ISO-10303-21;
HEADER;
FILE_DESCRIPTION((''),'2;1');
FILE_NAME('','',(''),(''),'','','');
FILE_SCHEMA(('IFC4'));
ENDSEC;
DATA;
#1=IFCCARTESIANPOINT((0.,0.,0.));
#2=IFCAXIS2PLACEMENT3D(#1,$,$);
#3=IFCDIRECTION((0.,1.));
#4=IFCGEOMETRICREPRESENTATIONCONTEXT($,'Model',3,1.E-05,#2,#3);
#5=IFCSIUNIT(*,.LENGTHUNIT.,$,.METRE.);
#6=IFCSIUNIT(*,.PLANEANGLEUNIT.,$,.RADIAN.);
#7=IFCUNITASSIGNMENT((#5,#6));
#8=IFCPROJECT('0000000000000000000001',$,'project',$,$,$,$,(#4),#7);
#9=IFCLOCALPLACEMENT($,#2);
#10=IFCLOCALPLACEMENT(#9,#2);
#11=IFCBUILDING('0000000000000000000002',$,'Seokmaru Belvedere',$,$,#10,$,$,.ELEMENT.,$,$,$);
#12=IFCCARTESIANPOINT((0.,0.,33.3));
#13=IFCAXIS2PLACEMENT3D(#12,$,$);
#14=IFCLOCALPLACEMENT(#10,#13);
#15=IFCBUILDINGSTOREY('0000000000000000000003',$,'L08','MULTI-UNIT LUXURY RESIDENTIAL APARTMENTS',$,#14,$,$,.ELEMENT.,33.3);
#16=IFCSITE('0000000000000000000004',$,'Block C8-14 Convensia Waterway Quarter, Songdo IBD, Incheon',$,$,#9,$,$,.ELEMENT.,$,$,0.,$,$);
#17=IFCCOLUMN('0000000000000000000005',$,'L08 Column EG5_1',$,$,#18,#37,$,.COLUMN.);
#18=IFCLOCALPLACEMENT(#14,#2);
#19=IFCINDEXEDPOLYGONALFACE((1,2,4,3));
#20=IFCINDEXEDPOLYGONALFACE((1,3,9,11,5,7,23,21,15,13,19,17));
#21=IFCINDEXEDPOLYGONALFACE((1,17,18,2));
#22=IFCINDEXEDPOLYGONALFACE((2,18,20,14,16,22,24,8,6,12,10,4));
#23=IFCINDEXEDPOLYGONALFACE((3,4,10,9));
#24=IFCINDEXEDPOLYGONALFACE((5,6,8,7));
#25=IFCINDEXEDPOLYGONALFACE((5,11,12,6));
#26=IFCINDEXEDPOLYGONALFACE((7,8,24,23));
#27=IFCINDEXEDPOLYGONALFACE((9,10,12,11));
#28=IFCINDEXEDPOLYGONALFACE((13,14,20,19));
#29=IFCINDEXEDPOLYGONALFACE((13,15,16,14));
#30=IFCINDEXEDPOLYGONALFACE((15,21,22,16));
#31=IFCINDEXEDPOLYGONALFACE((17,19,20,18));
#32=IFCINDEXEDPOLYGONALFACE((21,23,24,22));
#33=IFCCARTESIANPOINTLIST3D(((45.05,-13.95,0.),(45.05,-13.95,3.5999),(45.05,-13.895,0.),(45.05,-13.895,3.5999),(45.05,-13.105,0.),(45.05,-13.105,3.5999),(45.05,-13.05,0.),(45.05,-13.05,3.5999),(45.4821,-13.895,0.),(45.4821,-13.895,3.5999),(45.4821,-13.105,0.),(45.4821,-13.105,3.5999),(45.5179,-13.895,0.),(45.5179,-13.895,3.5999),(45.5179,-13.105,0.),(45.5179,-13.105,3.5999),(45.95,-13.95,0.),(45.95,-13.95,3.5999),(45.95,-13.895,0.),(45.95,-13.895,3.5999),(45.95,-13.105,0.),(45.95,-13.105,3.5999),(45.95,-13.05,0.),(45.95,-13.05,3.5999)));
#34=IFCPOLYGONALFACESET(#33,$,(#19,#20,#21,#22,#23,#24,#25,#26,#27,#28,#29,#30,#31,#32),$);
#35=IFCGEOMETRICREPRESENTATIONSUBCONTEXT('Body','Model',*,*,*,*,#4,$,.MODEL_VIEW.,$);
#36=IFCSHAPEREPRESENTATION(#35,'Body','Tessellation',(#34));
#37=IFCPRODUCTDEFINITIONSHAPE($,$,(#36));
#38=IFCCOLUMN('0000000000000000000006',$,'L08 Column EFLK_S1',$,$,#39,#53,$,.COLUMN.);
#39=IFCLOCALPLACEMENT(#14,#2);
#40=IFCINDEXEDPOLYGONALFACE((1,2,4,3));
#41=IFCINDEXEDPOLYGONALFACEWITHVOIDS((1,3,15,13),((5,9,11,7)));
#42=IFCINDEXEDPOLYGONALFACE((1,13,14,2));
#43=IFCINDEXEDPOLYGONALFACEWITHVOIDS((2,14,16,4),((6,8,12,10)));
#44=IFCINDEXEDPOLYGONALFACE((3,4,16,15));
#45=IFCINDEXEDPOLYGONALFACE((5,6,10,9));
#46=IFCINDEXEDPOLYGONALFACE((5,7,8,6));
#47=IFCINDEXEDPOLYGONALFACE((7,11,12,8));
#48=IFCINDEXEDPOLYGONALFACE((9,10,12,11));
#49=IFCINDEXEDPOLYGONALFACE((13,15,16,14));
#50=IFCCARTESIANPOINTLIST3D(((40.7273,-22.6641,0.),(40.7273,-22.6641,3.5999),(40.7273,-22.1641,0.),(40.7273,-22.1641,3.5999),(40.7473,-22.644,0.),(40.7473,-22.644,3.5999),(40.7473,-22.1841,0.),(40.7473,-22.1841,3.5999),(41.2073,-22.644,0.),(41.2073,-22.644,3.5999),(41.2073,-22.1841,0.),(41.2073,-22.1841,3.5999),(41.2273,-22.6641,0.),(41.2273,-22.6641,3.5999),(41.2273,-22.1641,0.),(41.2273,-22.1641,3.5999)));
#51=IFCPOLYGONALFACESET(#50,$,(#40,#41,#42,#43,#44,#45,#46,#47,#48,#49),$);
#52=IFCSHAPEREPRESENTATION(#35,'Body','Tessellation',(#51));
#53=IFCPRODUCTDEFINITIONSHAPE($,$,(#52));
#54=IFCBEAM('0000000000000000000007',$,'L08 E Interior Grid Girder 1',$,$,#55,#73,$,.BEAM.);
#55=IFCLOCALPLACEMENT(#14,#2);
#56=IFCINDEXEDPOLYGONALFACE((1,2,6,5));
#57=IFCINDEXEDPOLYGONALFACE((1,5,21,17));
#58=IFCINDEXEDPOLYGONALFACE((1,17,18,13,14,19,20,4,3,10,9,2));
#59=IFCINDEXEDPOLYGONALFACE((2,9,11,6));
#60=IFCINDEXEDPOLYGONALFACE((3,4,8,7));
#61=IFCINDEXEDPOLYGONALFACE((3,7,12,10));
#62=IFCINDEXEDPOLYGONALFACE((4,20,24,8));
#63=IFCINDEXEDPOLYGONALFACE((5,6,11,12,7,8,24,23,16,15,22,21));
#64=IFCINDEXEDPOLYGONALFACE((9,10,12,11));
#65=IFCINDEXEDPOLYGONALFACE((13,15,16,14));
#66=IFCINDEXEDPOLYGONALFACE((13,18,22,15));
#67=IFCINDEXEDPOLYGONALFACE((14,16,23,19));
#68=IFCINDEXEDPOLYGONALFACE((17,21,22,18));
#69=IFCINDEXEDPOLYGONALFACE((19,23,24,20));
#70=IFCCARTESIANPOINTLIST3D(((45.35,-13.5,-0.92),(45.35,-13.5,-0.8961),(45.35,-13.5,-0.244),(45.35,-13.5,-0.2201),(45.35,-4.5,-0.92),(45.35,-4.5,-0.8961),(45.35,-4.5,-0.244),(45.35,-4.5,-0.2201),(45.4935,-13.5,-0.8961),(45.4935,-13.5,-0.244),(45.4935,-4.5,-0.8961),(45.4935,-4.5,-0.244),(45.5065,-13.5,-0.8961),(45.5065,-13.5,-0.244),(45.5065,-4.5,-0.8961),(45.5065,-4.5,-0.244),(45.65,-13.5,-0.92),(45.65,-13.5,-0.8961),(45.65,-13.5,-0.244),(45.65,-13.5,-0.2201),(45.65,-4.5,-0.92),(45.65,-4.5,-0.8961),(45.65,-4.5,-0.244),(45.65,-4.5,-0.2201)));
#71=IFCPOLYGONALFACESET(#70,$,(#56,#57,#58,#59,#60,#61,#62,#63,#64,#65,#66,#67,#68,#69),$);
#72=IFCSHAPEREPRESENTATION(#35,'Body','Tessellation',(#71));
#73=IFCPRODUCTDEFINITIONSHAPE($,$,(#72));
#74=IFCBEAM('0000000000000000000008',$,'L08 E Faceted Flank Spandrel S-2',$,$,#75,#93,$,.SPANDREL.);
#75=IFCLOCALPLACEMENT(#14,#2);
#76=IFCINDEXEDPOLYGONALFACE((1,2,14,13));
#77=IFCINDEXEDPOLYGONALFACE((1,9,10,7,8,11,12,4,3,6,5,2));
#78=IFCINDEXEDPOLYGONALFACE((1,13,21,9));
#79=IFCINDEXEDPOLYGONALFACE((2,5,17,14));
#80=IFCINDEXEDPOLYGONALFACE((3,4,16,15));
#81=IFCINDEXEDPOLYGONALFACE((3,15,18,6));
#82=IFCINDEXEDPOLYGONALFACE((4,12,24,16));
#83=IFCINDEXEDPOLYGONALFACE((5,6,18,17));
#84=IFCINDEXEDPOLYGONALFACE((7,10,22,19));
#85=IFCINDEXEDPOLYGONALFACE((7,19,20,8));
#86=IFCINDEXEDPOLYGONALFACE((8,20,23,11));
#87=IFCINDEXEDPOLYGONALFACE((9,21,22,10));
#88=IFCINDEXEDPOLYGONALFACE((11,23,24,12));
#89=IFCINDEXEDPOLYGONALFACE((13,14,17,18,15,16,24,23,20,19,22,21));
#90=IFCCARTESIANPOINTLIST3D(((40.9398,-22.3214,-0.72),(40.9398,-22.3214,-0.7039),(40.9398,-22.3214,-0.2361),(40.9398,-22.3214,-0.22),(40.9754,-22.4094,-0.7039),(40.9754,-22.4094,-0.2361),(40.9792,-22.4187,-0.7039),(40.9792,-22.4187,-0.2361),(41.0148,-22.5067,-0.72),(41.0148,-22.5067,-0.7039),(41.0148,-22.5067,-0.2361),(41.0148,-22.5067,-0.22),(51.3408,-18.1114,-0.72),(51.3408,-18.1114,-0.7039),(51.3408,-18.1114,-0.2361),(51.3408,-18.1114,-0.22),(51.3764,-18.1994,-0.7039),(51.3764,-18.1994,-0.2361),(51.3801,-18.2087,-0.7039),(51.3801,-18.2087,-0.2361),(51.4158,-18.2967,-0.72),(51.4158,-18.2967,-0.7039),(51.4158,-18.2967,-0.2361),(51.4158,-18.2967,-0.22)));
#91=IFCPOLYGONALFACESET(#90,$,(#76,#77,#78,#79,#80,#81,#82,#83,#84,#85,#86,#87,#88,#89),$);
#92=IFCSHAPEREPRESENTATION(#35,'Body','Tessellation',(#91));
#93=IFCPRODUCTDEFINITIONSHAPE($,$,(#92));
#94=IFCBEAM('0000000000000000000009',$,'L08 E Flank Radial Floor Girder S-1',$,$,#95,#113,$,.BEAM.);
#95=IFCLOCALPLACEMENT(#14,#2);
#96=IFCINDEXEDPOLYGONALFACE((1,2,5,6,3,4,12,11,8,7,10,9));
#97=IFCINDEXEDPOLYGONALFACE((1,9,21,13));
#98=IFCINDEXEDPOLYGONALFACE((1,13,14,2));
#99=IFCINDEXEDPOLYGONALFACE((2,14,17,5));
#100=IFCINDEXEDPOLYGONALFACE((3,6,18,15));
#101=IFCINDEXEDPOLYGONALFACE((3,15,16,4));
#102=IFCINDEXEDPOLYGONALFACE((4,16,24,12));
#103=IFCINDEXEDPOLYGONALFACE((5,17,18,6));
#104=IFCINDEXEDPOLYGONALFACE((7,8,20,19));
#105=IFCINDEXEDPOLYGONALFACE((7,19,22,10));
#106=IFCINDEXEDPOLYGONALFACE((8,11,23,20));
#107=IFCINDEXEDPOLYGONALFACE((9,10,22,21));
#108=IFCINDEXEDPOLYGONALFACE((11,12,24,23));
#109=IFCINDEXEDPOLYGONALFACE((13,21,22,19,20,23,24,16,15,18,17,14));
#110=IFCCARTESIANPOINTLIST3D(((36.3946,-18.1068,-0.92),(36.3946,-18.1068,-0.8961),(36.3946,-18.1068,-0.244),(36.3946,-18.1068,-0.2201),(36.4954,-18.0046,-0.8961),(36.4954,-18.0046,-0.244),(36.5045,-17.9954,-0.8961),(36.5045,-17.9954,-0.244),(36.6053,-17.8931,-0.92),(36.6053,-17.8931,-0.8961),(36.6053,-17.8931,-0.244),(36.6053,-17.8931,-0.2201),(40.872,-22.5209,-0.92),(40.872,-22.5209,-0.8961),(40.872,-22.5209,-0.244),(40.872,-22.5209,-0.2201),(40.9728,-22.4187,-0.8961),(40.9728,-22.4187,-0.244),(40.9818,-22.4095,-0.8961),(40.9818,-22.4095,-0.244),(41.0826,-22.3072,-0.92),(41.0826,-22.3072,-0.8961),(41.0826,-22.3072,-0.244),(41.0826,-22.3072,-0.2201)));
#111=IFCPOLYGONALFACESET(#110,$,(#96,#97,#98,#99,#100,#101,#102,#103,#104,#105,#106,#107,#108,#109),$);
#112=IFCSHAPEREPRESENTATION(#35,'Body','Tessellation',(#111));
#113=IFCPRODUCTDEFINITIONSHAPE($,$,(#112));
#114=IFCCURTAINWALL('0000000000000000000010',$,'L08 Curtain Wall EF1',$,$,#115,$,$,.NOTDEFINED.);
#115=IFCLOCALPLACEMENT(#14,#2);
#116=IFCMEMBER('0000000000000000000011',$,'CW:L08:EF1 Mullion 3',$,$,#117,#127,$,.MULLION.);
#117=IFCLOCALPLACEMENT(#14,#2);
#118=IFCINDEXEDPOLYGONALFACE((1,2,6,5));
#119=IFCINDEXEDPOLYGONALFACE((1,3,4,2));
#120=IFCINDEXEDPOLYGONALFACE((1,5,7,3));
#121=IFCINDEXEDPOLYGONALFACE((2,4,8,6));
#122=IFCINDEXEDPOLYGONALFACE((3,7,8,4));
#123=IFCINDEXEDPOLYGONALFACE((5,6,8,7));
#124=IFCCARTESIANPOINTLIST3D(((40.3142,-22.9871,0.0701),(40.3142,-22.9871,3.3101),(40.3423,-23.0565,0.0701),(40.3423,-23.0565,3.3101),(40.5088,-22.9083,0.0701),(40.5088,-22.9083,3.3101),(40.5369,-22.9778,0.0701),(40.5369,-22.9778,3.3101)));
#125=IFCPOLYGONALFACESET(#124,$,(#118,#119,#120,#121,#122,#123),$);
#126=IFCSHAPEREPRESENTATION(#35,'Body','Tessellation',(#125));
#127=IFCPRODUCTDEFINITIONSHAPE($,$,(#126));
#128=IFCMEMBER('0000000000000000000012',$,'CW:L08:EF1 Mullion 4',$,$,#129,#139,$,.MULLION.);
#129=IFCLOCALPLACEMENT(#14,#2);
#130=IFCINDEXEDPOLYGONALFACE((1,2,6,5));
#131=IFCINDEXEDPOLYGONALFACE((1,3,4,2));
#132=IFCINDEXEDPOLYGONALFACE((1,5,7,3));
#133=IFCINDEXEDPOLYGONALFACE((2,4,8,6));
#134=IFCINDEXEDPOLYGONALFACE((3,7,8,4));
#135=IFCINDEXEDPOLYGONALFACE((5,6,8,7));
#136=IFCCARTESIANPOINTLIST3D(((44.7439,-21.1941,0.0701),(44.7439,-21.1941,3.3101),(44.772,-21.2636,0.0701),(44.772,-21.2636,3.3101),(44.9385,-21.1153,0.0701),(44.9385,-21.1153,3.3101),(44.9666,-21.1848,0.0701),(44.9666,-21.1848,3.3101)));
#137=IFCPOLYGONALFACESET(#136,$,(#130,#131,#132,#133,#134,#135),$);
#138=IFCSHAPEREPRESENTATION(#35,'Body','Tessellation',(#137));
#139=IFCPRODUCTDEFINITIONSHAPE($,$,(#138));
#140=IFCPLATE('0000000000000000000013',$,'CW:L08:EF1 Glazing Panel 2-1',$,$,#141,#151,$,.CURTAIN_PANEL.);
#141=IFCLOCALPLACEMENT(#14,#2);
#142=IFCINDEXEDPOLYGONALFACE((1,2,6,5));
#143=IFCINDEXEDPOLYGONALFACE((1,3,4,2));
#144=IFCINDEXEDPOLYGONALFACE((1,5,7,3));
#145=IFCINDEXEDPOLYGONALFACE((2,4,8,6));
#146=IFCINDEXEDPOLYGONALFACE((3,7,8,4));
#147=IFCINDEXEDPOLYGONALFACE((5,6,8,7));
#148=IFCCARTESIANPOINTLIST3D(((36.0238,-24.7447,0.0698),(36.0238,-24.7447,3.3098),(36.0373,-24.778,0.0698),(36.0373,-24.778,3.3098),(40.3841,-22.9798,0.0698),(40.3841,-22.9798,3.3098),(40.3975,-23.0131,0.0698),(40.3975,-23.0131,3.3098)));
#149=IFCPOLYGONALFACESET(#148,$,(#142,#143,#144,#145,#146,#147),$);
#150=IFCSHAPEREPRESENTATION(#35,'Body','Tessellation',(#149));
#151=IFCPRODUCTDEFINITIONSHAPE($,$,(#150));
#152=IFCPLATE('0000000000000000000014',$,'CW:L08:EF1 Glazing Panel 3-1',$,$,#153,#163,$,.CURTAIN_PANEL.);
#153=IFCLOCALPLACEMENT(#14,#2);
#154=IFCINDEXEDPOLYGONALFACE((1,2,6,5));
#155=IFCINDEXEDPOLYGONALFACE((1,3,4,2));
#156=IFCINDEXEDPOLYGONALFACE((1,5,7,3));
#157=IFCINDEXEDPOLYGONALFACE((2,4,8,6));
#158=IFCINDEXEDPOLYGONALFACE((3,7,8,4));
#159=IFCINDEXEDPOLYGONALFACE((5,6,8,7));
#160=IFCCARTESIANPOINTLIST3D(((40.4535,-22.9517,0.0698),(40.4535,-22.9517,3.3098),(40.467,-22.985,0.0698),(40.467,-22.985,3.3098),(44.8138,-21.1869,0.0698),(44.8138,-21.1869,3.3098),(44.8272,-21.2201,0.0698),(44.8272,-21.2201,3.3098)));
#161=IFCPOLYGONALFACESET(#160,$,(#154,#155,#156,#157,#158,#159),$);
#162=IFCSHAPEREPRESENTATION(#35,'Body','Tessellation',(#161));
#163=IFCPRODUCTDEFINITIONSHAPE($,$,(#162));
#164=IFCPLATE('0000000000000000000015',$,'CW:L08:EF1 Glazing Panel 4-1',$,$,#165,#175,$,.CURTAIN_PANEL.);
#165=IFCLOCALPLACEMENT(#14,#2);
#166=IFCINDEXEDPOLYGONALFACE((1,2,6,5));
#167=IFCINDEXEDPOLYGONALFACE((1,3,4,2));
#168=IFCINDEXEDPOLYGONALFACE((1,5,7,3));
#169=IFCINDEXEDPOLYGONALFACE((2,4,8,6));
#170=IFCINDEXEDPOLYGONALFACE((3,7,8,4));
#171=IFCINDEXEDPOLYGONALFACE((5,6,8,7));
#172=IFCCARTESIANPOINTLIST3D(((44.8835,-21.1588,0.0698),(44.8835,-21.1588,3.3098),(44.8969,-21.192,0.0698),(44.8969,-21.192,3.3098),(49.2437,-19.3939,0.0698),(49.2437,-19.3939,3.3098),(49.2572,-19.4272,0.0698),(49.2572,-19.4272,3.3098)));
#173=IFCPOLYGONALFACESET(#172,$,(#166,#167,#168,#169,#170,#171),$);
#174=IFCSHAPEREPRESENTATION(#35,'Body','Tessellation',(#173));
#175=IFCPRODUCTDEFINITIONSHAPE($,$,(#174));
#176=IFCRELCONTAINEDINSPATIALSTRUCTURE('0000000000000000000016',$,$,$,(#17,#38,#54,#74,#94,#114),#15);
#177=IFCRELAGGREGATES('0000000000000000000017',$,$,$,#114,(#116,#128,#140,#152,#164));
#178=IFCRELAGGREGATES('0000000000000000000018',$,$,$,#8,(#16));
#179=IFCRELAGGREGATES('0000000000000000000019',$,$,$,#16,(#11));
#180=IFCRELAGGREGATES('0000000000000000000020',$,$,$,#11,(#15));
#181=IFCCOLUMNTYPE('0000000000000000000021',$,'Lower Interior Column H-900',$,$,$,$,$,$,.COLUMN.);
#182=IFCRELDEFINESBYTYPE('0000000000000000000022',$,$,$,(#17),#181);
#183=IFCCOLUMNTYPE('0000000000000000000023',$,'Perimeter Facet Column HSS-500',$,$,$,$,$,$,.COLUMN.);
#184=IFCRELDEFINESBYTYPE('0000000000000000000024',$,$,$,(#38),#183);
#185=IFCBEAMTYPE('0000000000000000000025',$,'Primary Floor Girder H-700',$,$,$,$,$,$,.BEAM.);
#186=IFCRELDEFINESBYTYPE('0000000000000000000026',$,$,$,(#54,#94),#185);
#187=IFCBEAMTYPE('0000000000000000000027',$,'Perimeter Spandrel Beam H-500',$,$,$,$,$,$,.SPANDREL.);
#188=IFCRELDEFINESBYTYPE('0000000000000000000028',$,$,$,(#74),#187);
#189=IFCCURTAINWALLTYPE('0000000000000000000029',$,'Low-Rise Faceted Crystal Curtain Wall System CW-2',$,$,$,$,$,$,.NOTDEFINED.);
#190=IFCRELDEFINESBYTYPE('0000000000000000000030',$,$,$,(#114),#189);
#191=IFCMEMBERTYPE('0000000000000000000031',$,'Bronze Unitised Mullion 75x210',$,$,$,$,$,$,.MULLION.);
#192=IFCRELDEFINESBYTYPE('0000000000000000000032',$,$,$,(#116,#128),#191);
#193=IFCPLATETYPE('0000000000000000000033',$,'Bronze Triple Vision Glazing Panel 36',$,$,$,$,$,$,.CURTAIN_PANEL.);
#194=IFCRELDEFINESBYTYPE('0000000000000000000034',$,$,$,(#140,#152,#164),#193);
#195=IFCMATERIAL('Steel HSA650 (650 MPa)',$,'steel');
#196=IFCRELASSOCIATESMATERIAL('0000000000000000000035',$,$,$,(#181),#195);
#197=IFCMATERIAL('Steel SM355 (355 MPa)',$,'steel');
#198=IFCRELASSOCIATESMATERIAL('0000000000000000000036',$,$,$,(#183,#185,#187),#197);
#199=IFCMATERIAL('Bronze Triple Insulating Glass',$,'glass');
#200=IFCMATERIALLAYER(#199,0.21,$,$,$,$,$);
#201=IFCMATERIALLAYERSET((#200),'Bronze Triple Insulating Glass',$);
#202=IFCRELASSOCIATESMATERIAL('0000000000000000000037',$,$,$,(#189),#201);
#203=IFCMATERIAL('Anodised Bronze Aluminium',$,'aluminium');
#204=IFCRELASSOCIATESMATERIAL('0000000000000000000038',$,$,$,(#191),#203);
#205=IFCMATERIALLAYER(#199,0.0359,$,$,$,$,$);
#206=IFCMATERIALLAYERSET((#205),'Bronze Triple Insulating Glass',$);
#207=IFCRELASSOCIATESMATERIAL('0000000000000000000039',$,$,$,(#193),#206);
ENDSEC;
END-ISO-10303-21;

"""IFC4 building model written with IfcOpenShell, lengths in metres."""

from ifc_helpers import new_model, si_unit, direction, frame, origin, origin_2d, place, context, subcontext, project, spatial, rectangle, hollow_rectangle, i_section, extrude, source, transform, mapped, material, layer, layer_set, material_profile, profile_set, type_object, type_shapes, element, aggregate, save


model = new_model("IFC4")

# Units and contexts
model_context = context("Model", 3, precision=1e-05, world=origin(), true_north=direction((0.0, 1.0)))
body_context = subcontext(model_context, "Body", "Model", "MODEL_VIEW")
ifc_project = project(units=[si_unit("LENGTHUNIT", "METRE"), si_unit("PLANEANGLEUNIT", "RADIAN")], contexts=[model_context])

# Site, building, storey
site_placement = place(None, origin())
site = spatial("IfcSite", under=ifc_project, at=site_placement, Name="Block C8-14 Convensia Waterway Quarter, Songdo IBD, Incheon", CompositionType="ELEMENT", RefElevation=0.0)
building_placement = place(site_placement, origin())
building = spatial("IfcBuilding", under=site, at=building_placement, Name="Seokmaru Belvedere", CompositionType="ELEMENT")
storey_placement = place(building_placement, frame((0.0, 0.0, 33.3)))
storey = spatial("IfcBuildingStorey", under=building, at=storey_placement, Name="L08", Description="MULTI-UNIT LUXURY RESIDENTIAL APARTMENTS", CompositionType="ELEMENT", Elevation=33.3)

# Columns
ifc_material_1 = material(Name="Steel HSA650 (650 MPa)", Category="steel")
ifc_material_profile_1 = material_profile(ifc_material_1, i_section(OverallWidth=0.8999, OverallDepth=0.8999, WebThickness=0.0359, FlangeThickness=0.0549, at=origin_2d()), Name="H-900x900x36x55")
ifc_profile_set_1 = profile_set([ifc_material_profile_1], Name="Steel HSA650 (650 MPa)")
column_type_1 = type_object("IfcColumnType", Name="Lower Interior Column H-900", PredefinedType="COLUMN", material=ifc_profile_set_1)
shared_shape_1 = source(origin(), body_context, "Body", "SweptSolid", [
    extrude(i_section(OverallWidth=0.8999, OverallDepth=0.8999, WebThickness=0.0359, FlangeThickness=0.0549, at=origin_2d()), origin(), (0.0, 0.0, 1.0), 3.5999),
])
type_shapes(column_type_1, [shared_shape_1])
column_1_placement = place(storey_placement, frame((45.5, -13.5, 0.0), z_axis=(0.0, 0.0, 1.0), x_axis=(1.0, 0.0, 0.0)))
element("IfcColumn", 1, at=column_1_placement, inside=storey, type_object=column_type_1, Name="L08 Column EG5_1", PredefinedType="COLUMN", context=body_context, shape_type="MappedRepresentation", body=[
    mapped(shared_shape_1, transform((0.0, 0.0, 0.0), scale=1.0)),
])
ifc_material_2 = material(Name="Steel SM355 (355 MPa)", Category="steel")
ifc_material_profile_2 = material_profile(ifc_material_2, hollow_rectangle(XDim=0.5, YDim=0.5, WallThickness=0.02, at=origin_2d()), Name="HSS-500x500x20")
ifc_profile_set_2 = profile_set([ifc_material_profile_2], Name="Steel SM355 (355 MPa)")
column_type_2 = type_object("IfcColumnType", Name="Perimeter Facet Column HSS-500", PredefinedType="COLUMN", material=ifc_profile_set_2)
shared_shape_2 = source(origin(), body_context, "Body", "SweptSolid", [
    extrude(hollow_rectangle(XDim=0.5, YDim=0.5, WallThickness=0.02, at=origin_2d()), origin(), (0.0, 0.0, 1.0), 3.5999),
])
type_shapes(column_type_2, [shared_shape_2])
column_2_placement = place(storey_placement, frame((40.9773, -22.4141, 0.0), z_axis=(0.0, 0.0, 1.0), x_axis=(1.0, 0.0, 0.0)))
element("IfcColumn", 2, at=column_2_placement, inside=storey, type_object=column_type_2, Name="L08 Column EFLK_S1", PredefinedType="COLUMN", context=body_context, shape_type="MappedRepresentation", body=[
    mapped(shared_shape_2, transform((0.0, 0.0, 0.0), scale=1.0)),
])

# Beams
ifc_material_profile_3 = material_profile(ifc_material_2, i_section(OverallWidth=0.3, OverallDepth=0.7, WebThickness=0.0129, FlangeThickness=0.0239, at=origin_2d()), Name="H-700x300x13x24")
ifc_profile_set_3 = profile_set([ifc_material_profile_3], Name="Steel SM355 (355 MPa)")
beam_type_1 = type_object("IfcBeamType", Name="Primary Floor Girder H-700", PredefinedType="BEAM", material=ifc_profile_set_3)
shared_shape_3 = source(origin(), body_context, "Body", "SweptSolid", [
    extrude(i_section(OverallWidth=0.3, OverallDepth=0.7, WebThickness=0.0129, FlangeThickness=0.0239, at=origin_2d()), origin(), (0.0, 0.0, 1.0), 9.0),
])
beam_1_placement = place(storey_placement, frame((45.5, -13.5, -0.5701), z_axis=(0.0, 1.0, 0.0), x_axis=(-1.0, 0.0, 0.0)))
element("IfcBeam", 3, at=beam_1_placement, inside=storey, type_object=beam_type_1, Name="L08 E Interior Grid Girder 1", PredefinedType="BEAM", context=body_context, shape_type="MappedRepresentation", body=[
    mapped(shared_shape_3, transform((0.0, 0.0, 0.0), scale=1.0)),
])
ifc_material_profile_4 = material_profile(ifc_material_2, i_section(OverallWidth=0.2, OverallDepth=0.5, WebThickness=0.01, FlangeThickness=0.0161, at=origin_2d()), Name="H-500x200x10x16")
ifc_profile_set_4 = profile_set([ifc_material_profile_4], Name="Steel SM355 (355 MPa)")
beam_type_2 = type_object("IfcBeamType", Name="Perimeter Spandrel Beam H-500", PredefinedType="SPANDREL", material=ifc_profile_set_4)
shared_shape_4 = source(origin(), body_context, "Body", "SweptSolid", [
    extrude(i_section(OverallWidth=0.2, OverallDepth=0.5, WebThickness=0.01, FlangeThickness=0.0161, at=origin_2d()), origin(), (0.0, 0.0, 1.0), 11.2207),
])
type_shapes(beam_type_2, [shared_shape_4])
beam_2_placement = place(storey_placement, frame((40.9773, -22.4141, -0.47), z_axis=(0.926944, 0.375199, 0.0), x_axis=(-0.375199, 0.926944, 0.0)))
element("IfcBeam", 4, at=beam_2_placement, inside=storey, type_object=beam_type_2, Name="L08 E Faceted Flank Spandrel S-2", PredefinedType="SPANDREL", context=body_context, shape_type="MappedRepresentation", body=[
    mapped(shared_shape_4, transform((0.0, 0.0, 0.0), scale=1.0)),
])
shared_shape_5 = source(origin(), body_context, "Body", "SweptSolid", [
    extrude(i_section(OverallWidth=0.3, OverallDepth=0.7, WebThickness=0.0129, FlangeThickness=0.0239, at=origin_2d()), origin(), (0.0, 0.0, 1.0), 6.2874),
])
type_shapes(beam_type_1, [shared_shape_3, shared_shape_5])
beam_3_placement = place(storey_placement, frame((40.9773, -22.4141, -0.5701), z_axis=(-0.712117, 0.70206, 0.0), x_axis=(-0.70206, -0.712117, 0.0)))
element("IfcBeam", 5, at=beam_3_placement, inside=storey, type_object=beam_type_1, Name="L08 E Flank Radial Floor Girder S-1", PredefinedType="BEAM", context=body_context, shape_type="MappedRepresentation", body=[
    mapped(shared_shape_5, transform((0.0, 0.0, 0.0), scale=1.0)),
])

# Curtain wall, members, plates
ifc_material_3 = material(Name="Bronze Triple Insulating Glass", Category="glass")
ifc_layer_1 = layer(ifc_material_3, 0.21)
ifc_layer_set_1 = layer_set([ifc_layer_1], Name="Bronze Triple Insulating Glass")
curtain_wall_type = type_object("IfcCurtainWallType", Name="Low-Rise Faceted Crystal Curtain Wall System CW-2", PredefinedType="NOTDEFINED", material=ifc_layer_set_1)
curtain_wall_placement = place(storey_placement, origin())
curtain_wall = element("IfcCurtainWall", 6, at=curtain_wall_placement, inside=storey, type_object=curtain_wall_type, Name="L08 Curtain Wall EF1", PredefinedType="NOTDEFINED")
ifc_material_4 = material(Name="Anodised Bronze Aluminium", Category="aluminium")
ifc_material_profile_5 = material_profile(ifc_material_4, rectangle(XDim=0.075, YDim=0.21, at=origin_2d()), Name="CW-M-75x210")
ifc_profile_set_5 = profile_set([ifc_material_profile_5], Name="Anodised Bronze Aluminium")
member_type = type_object("IfcMemberType", Name="Bronze Unitised Mullion 75x210", PredefinedType="MULLION", material=ifc_profile_set_5)
shared_shape_6 = source(origin(), body_context, "Body", "SweptSolid", [
    extrude(rectangle(XDim=0.075, YDim=0.21, at=origin_2d()), origin(), (0.0, 0.0, 1.0), 3.24),
])
type_shapes(member_type, [shared_shape_6])
member_1_placement = place(storey_placement, frame((40.4255, -22.9824, 0.0701), z_axis=(0.0, 0.0, 1.0), x_axis=(-0.375192, 0.926947, 0.0)))
member_1 = element("IfcMember", 7, at=member_1_placement, type_object=member_type, Name="CW:L08:EF1 Mullion 3", PredefinedType="MULLION", context=body_context, shape_type="MappedRepresentation", body=[
    mapped(shared_shape_6, transform((0.0, 0.0, 0.0), scale=1.0)),
])
member_2_placement = place(storey_placement, frame((44.8552, -21.1895, 0.0701), z_axis=(0.0, 0.0, 1.0), x_axis=(-0.375192, 0.926947, 0.0)))
member_2 = element("IfcMember", 8, at=member_2_placement, type_object=member_type, Name="CW:L08:EF1 Mullion 4", PredefinedType="MULLION", context=body_context, shape_type="MappedRepresentation", body=[
    mapped(shared_shape_6, transform((0.0, 0.0, 0.0), scale=1.0)),
])
ifc_layer_2 = layer(ifc_material_3, 0.0359)
ifc_layer_set_2 = layer_set([ifc_layer_2], Name="Bronze Triple Insulating Glass")
plate_type = type_object("IfcPlateType", Name="Bronze Triple Vision Glazing Panel 36", PredefinedType="CURTAIN_PANEL", material=ifc_layer_set_2)
shared_shape_7 = source(origin(), body_context, "Body", "SweptSolid", [
    extrude(rectangle(XDim=4.7039, YDim=0.0359, at=origin_2d()), origin(), (0.0, 0.0, 1.0), 3.24),
])
type_shapes(plate_type, [shared_shape_7])
plate_1_placement = place(storey_placement, frame((38.2107, -23.8789, 0.0698), z_axis=(0.0, 0.0, 1.0), x_axis=(0.926947, 0.375192, 0.0)))
plate_1 = element("IfcPlate", 9, at=plate_1_placement, type_object=plate_type, Name="CW:L08:EF1 Glazing Panel 2-1", PredefinedType="CURTAIN_PANEL", context=body_context, shape_type="MappedRepresentation", body=[
    mapped(shared_shape_7, transform((0.0, 0.0, 0.0), scale=1.0)),
])
plate_2_placement = place(storey_placement, frame((42.6404, -22.0859, 0.0698), z_axis=(0.0, 0.0, 1.0), x_axis=(0.926947, 0.375192, 0.0)))
plate_2 = element("IfcPlate", 10, at=plate_2_placement, type_object=plate_type, Name="CW:L08:EF1 Glazing Panel 3-1", PredefinedType="CURTAIN_PANEL", context=body_context, shape_type="MappedRepresentation", body=[
    mapped(shared_shape_7, transform((0.0, 0.0, 0.0), scale=1.0)),
])
plate_3_placement = place(storey_placement, frame((47.0703, -20.293, 0.0698), z_axis=(0.0, 0.0, 1.0), x_axis=(0.926947, 0.375192, 0.0)))
plate_3 = element("IfcPlate", 11, at=plate_3_placement, type_object=plate_type, Name="CW:L08:EF1 Glazing Panel 4-1", PredefinedType="CURTAIN_PANEL", context=body_context, shape_type="MappedRepresentation", body=[
    mapped(shared_shape_7, transform((0.0, 0.0, 0.0), scale=1.0)),
])
aggregate(curtain_wall, [member_1, member_2, plate_1, plate_2, plate_3])

save(model, "model.ifc")
